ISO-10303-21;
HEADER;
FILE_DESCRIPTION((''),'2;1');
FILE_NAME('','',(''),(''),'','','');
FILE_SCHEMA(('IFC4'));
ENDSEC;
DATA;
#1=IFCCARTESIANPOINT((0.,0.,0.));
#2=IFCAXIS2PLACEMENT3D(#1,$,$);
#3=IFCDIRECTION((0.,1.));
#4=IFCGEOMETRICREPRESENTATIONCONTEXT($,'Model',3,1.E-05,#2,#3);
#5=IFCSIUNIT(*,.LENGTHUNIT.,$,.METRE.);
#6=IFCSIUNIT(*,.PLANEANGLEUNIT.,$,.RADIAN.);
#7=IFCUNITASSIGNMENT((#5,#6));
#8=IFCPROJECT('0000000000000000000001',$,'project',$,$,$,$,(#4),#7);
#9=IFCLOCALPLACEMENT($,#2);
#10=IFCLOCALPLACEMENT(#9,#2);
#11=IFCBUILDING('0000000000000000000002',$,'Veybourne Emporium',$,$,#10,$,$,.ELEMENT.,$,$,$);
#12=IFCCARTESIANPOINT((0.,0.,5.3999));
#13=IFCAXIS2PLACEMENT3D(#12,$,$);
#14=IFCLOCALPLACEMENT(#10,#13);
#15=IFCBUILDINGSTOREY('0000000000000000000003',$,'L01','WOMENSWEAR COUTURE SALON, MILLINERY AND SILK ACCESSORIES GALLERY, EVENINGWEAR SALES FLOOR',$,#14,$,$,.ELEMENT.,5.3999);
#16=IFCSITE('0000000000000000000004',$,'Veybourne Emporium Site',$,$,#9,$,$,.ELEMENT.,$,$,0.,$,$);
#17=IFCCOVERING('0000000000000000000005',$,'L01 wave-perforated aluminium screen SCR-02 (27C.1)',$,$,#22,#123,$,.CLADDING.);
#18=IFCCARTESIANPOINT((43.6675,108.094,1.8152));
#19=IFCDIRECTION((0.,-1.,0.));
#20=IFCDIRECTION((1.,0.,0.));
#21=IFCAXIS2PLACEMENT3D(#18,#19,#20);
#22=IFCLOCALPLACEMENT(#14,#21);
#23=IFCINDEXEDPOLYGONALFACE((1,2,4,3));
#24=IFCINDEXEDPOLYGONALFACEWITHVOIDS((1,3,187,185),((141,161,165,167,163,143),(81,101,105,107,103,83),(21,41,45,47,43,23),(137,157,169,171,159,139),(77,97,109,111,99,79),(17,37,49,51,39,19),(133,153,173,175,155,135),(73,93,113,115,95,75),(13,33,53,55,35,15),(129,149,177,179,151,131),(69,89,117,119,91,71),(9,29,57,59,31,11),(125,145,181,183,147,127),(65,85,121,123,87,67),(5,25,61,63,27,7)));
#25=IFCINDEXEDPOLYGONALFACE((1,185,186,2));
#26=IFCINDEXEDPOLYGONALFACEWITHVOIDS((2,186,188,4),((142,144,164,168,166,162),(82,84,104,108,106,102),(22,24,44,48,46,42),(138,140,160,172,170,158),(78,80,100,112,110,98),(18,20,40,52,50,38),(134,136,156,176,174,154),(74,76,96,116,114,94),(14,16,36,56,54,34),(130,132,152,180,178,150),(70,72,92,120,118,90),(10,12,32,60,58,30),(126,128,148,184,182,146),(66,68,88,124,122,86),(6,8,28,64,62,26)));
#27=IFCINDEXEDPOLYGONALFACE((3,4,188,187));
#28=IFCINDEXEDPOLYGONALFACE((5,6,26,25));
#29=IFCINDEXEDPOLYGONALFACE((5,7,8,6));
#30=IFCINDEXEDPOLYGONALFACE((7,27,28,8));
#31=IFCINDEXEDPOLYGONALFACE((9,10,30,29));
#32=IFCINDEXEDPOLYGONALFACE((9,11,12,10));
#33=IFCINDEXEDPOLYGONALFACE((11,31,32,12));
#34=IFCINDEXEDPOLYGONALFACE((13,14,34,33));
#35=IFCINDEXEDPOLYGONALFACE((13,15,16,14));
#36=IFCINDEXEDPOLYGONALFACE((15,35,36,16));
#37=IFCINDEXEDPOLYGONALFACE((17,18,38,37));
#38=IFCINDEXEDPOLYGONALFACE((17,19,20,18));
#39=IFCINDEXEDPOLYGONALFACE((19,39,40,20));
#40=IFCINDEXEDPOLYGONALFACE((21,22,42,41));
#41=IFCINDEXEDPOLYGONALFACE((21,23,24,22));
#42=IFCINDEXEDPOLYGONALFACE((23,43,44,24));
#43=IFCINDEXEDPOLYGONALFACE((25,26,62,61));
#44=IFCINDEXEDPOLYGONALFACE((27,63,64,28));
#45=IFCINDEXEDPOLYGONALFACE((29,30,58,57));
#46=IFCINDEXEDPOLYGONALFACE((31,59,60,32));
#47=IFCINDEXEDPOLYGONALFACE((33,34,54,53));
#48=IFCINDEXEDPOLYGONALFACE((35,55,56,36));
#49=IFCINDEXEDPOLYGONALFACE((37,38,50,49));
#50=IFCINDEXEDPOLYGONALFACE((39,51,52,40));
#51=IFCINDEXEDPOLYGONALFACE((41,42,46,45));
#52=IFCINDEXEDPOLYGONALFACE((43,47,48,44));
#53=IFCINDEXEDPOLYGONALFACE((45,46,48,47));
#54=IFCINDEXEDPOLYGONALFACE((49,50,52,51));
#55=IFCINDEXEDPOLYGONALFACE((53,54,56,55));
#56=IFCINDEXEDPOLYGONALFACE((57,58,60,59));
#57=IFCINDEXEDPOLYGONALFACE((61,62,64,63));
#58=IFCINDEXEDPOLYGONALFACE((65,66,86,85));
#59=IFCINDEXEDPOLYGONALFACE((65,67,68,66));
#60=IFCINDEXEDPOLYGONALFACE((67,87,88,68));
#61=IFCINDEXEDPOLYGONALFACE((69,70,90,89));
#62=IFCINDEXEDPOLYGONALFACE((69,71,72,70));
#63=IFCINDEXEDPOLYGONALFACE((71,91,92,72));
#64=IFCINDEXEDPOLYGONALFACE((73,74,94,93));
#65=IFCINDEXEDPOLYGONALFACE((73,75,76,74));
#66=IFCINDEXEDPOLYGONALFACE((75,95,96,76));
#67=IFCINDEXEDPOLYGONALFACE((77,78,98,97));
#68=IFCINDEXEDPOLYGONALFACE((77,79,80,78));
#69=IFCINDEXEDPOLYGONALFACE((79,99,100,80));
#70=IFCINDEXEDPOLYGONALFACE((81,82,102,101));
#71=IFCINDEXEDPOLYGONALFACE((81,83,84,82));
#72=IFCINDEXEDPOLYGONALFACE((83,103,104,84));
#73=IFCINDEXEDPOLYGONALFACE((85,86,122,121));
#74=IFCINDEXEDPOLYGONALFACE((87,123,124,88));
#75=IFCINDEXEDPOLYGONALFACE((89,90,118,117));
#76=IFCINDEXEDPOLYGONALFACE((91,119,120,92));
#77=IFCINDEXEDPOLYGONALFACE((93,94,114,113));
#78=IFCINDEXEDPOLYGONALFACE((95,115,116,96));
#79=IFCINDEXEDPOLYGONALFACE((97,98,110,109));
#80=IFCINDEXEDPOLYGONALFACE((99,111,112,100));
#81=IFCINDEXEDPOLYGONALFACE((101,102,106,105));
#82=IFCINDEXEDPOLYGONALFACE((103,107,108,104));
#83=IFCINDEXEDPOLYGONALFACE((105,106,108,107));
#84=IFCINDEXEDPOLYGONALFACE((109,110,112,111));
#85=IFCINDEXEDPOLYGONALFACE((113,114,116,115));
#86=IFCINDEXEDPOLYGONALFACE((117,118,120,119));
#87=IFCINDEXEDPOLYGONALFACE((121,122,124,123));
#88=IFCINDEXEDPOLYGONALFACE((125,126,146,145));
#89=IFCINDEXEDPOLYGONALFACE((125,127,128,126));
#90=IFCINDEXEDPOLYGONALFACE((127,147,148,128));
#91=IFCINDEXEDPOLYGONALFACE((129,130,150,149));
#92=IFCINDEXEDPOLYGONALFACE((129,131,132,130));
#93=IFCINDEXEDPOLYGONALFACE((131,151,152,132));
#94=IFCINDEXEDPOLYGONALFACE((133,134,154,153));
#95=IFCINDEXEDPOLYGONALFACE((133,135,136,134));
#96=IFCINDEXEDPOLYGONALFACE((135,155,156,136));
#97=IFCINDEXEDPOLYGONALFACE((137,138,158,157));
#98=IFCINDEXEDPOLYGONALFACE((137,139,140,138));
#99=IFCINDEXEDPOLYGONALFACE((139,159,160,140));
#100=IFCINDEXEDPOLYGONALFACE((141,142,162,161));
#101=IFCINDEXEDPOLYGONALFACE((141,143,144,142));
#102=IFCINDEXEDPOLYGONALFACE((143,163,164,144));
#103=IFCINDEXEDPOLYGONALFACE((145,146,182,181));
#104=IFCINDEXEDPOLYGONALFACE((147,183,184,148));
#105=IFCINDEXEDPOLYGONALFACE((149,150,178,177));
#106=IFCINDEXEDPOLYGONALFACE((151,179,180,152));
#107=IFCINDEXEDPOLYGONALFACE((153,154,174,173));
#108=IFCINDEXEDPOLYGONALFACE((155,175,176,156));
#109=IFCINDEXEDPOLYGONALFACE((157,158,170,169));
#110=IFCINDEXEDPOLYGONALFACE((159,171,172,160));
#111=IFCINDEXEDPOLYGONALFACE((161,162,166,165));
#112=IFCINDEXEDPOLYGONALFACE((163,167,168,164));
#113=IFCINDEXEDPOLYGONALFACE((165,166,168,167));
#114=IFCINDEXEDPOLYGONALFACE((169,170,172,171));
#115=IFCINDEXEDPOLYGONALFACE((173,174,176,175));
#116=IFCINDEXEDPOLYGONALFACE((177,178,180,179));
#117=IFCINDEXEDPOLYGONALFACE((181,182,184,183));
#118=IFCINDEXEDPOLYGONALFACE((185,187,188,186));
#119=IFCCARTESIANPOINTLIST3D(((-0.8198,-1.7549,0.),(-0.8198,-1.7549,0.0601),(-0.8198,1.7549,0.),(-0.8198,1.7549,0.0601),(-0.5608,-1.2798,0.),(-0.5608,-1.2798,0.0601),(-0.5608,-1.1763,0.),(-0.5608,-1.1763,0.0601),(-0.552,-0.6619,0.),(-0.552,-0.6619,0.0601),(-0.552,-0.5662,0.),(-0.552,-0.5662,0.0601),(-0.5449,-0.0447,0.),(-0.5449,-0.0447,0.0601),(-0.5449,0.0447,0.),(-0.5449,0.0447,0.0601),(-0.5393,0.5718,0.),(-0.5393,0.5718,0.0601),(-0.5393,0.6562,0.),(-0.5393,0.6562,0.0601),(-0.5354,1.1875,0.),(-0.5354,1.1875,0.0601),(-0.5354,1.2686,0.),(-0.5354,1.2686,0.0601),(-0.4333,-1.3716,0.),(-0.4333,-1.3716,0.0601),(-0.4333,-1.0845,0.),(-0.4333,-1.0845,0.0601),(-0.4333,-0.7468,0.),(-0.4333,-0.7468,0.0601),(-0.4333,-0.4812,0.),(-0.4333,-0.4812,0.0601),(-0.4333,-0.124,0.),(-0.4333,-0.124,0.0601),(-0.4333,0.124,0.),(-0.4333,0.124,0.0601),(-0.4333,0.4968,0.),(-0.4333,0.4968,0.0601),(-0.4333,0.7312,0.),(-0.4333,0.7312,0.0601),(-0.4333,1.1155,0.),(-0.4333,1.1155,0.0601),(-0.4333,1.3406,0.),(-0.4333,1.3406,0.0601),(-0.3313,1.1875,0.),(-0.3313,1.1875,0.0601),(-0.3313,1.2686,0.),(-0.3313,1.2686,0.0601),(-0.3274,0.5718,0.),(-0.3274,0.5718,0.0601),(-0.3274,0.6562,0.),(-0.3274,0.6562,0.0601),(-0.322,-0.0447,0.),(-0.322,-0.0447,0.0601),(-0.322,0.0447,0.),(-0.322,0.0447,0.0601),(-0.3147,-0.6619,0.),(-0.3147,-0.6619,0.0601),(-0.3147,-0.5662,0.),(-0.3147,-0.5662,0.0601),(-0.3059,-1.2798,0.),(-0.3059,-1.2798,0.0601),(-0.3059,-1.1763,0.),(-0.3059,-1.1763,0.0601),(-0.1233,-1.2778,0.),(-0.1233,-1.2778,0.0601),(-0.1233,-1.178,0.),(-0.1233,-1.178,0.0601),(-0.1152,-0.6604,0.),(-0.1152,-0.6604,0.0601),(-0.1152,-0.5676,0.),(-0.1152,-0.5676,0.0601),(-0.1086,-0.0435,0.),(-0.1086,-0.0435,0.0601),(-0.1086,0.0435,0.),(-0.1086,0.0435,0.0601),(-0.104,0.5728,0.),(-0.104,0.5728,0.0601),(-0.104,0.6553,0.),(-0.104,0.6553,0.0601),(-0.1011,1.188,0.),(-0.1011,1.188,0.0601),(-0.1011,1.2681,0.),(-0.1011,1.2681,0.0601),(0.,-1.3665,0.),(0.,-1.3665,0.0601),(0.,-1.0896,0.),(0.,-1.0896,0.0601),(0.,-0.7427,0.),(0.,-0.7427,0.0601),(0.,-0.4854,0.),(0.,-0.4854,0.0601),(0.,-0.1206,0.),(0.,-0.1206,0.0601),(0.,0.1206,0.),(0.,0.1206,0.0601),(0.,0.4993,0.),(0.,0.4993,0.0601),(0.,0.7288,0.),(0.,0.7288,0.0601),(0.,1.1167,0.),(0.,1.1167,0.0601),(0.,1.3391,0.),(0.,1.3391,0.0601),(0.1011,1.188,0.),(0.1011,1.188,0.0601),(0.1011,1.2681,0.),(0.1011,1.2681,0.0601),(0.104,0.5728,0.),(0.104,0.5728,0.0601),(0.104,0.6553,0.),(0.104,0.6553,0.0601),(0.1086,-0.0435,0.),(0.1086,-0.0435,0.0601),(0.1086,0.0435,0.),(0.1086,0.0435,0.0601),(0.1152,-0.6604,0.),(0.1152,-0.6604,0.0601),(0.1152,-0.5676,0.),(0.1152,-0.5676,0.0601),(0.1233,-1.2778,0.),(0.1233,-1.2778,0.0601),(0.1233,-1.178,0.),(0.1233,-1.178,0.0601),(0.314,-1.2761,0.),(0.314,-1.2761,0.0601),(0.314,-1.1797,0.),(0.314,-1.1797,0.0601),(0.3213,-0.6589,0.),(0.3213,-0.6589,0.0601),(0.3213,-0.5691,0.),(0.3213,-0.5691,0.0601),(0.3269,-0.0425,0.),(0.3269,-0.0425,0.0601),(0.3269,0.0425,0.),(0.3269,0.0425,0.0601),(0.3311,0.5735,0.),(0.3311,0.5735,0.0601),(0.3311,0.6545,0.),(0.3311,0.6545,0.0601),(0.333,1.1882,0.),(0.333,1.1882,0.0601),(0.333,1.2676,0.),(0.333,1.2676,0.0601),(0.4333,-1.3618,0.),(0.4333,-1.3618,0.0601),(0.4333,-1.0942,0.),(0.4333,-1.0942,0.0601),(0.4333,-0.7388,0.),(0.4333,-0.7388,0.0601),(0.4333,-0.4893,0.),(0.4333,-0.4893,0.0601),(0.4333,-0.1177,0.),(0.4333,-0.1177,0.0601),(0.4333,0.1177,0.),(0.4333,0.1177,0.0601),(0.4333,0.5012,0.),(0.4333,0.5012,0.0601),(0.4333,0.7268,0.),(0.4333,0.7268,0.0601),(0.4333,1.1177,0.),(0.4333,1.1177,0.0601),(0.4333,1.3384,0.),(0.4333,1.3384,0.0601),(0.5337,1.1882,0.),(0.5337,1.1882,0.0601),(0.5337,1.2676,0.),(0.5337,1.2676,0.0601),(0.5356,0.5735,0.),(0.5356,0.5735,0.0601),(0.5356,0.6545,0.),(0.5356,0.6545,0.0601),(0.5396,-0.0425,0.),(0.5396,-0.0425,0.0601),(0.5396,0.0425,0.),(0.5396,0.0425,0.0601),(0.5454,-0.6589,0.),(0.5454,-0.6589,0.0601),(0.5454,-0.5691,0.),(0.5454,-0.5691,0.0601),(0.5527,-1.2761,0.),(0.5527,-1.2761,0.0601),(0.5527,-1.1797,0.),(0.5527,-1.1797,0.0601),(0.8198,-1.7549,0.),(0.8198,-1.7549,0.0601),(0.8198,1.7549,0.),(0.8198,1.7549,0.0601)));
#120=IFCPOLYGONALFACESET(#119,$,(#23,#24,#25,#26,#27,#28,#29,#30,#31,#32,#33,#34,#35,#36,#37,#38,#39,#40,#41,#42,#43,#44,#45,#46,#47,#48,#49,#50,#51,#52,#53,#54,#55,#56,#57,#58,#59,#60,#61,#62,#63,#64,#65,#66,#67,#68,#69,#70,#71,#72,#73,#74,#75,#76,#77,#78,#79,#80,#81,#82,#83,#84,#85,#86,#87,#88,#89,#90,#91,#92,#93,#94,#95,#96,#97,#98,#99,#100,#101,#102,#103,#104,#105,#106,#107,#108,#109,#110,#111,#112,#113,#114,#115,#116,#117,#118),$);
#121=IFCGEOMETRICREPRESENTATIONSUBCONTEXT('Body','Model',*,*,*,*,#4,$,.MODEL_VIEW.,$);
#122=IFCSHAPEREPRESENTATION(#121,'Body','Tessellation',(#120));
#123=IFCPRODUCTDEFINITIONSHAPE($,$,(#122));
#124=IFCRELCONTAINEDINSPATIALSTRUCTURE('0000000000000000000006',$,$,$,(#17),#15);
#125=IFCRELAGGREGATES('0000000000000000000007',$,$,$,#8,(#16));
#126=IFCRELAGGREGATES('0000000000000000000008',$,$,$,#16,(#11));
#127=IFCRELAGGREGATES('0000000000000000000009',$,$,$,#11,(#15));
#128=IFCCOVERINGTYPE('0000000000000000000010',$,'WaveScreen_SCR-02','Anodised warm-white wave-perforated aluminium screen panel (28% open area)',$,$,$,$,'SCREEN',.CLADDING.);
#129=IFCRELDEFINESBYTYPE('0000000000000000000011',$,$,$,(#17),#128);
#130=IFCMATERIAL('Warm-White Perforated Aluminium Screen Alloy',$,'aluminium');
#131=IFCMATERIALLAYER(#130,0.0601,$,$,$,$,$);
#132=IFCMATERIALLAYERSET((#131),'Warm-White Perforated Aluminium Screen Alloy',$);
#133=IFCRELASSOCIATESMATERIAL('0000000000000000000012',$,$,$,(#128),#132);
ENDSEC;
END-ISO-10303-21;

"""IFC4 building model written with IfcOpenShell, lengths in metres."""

from ifc_helpers import new_model, si_unit, direction, frame, origin, place, context, subcontext, project, spatial, polyline, outline, extrude, material, layer, layer_set, type_object, element, save


model = new_model("IFC4")

# Units and contexts
model_context = context("Model", 3, precision=1e-05, world=origin(), true_north=direction((0.0, 1.0)))
body_context = subcontext(model_context, "Body", "Model", "MODEL_VIEW")
ifc_project = project(units=[si_unit("LENGTHUNIT", "METRE"), si_unit("PLANEANGLEUNIT", "RADIAN")], contexts=[model_context])

# Site, building, storey
site_placement = place(None, origin())
site = spatial("IfcSite", under=ifc_project, at=site_placement, Name="Veybourne Emporium Site", CompositionType="ELEMENT", RefElevation=0.0)
building_placement = place(site_placement, origin())
building = spatial("IfcBuilding", under=site, at=building_placement, Name="Veybourne Emporium", CompositionType="ELEMENT")
storey_placement = place(building_placement, frame((0.0, 0.0, 5.3999)))
storey = spatial("IfcBuildingStorey", under=building, at=storey_placement, Name="L01", Description="WOMENSWEAR COUTURE SALON, MILLINERY AND SILK ACCESSORIES GALLERY, EVENINGWEAR SALES FLOOR", CompositionType="ELEMENT", Elevation=5.3999)

# Covering
ifc_material_1 = material(Name="Warm-White Perforated Aluminium Screen Alloy", Category="aluminium")
ifc_layer_1 = layer(ifc_material_1, 0.0601)
ifc_layer_set_1 = layer_set([ifc_layer_1], Name="Warm-White Perforated Aluminium Screen Alloy")
covering_type_1 = type_object("IfcCoveringType", Name="WaveScreen_SCR-02", Description="Anodised warm-white wave-perforated aluminium screen panel (28% open area)", ElementType="SCREEN", PredefinedType="CLADDING", material=ifc_layer_set_1)
covering_1_placement = place(storey_placement, frame((43.6675, 108.094, 1.8152), z_axis=(0.0, -1.0, 0.0), x_axis=(1.0, 0.0, 0.0)))
element("IfcCovering", 1, at=covering_1_placement, inside=storey, type_object=covering_type_1, Name="L01 wave-perforated aluminium screen SCR-02 (27C.1)", PredefinedType="CLADDING", context=body_context, shape_type="SweptSolid", body=[
    extrude(outline(polyline([(-0.8198, -1.7549), (0.8198, -1.7549), (0.8198, 1.7549), (-0.8198, 1.7549), (-0.8198, -1.7549)]), holes=[polyline([(-0.4333, -1.0845), (-0.3059, -1.1763), (-0.3059, -1.2798), (-0.4333, -1.3716), (-0.5608, -1.2798), (-0.5608, -1.1763), (-0.4333, -1.0845)]), polyline([(-0.4333, -0.4812), (-0.3147, -0.5662), (-0.3147, -0.6619), (-0.4333, -0.7468), (-0.552, -0.6619), (-0.552, -0.5662), (-0.4333, -0.4812)]), polyline([(-0.4333, 0.124), (-0.322, 0.0447), (-0.322, -0.0447), (-0.4333, -0.124), (-0.5449, -0.0447), (-0.5449, 0.0447), (-0.4333, 0.124)]), polyline([(-0.4333, 0.7312), (-0.3274, 0.6562), (-0.3274, 0.5718), (-0.4333, 0.4968), (-0.5393, 0.5718), (-0.5393, 0.6562), (-0.4333, 0.7312)]), polyline([(-0.4333, 1.3406), (-0.3313, 1.2686), (-0.3313, 1.1875), (-0.4333, 1.1155), (-0.5354, 1.1875), (-0.5354, 1.2686), (-0.4333, 1.3406)]), polyline([(0.0, -1.0896), (0.1233, -1.178), (0.1233, -1.2778), (0.0, -1.3665), (-0.1233, -1.2778), (-0.1233, -1.178), (0.0, -1.0896)]), polyline([(0.0, -0.4854), (0.1152, -0.5676), (0.1152, -0.6604), (0.0, -0.7427), (-0.1152, -0.6604), (-0.1152, -0.5676), (0.0, -0.4854)]), polyline([(0.0, 0.1206), (0.1086, 0.0435), (0.1086, -0.0435), (0.0, -0.1206), (-0.1086, -0.0435), (-0.1086, 0.0435), (0.0, 0.1206)]), polyline([(0.0, 0.7288), (0.104, 0.6553), (0.104, 0.5728), (0.0, 0.4993), (-0.104, 0.5728), (-0.104, 0.6553), (0.0, 0.7288)]), polyline([(0.0, 1.3391), (0.1011, 1.2681), (0.1011, 1.188), (0.0, 1.1167), (-0.1011, 1.188), (-0.1011, 1.2681), (0.0, 1.3391)]), polyline([(0.4333, -1.0942), (0.5527, -1.1797), (0.5527, -1.2761), (0.4333, -1.3618), (0.314, -1.2761), (0.314, -1.1797), (0.4333, -1.0942)]), polyline([(0.4333, -0.4893), (0.5454, -0.5691), (0.5454, -0.6589), (0.4333, -0.7388), (0.3213, -0.6589), (0.3213, -0.5691), (0.4333, -0.4893)]), polyline([(0.4333, 0.1177), (0.5396, 0.0425), (0.5396, -0.0425), (0.4333, -0.1177), (0.3269, -0.0425), (0.3269, 0.0425), (0.4333, 0.1177)]), polyline([(0.4333, 0.7268), (0.5356, 0.6545), (0.5356, 0.5735), (0.4333, 0.5012), (0.3311, 0.5735), (0.3311, 0.6545), (0.4333, 0.7268)]), polyline([(0.4333, 1.3384), (0.5337, 1.2676), (0.5337, 1.1882), (0.4333, 1.1177), (0.333, 1.1882), (0.333, 1.2676), (0.4333, 1.3384)])]), origin(), (0.0, 0.0, 1.0), 0.0601),
])

save(model, "model.ifc")
